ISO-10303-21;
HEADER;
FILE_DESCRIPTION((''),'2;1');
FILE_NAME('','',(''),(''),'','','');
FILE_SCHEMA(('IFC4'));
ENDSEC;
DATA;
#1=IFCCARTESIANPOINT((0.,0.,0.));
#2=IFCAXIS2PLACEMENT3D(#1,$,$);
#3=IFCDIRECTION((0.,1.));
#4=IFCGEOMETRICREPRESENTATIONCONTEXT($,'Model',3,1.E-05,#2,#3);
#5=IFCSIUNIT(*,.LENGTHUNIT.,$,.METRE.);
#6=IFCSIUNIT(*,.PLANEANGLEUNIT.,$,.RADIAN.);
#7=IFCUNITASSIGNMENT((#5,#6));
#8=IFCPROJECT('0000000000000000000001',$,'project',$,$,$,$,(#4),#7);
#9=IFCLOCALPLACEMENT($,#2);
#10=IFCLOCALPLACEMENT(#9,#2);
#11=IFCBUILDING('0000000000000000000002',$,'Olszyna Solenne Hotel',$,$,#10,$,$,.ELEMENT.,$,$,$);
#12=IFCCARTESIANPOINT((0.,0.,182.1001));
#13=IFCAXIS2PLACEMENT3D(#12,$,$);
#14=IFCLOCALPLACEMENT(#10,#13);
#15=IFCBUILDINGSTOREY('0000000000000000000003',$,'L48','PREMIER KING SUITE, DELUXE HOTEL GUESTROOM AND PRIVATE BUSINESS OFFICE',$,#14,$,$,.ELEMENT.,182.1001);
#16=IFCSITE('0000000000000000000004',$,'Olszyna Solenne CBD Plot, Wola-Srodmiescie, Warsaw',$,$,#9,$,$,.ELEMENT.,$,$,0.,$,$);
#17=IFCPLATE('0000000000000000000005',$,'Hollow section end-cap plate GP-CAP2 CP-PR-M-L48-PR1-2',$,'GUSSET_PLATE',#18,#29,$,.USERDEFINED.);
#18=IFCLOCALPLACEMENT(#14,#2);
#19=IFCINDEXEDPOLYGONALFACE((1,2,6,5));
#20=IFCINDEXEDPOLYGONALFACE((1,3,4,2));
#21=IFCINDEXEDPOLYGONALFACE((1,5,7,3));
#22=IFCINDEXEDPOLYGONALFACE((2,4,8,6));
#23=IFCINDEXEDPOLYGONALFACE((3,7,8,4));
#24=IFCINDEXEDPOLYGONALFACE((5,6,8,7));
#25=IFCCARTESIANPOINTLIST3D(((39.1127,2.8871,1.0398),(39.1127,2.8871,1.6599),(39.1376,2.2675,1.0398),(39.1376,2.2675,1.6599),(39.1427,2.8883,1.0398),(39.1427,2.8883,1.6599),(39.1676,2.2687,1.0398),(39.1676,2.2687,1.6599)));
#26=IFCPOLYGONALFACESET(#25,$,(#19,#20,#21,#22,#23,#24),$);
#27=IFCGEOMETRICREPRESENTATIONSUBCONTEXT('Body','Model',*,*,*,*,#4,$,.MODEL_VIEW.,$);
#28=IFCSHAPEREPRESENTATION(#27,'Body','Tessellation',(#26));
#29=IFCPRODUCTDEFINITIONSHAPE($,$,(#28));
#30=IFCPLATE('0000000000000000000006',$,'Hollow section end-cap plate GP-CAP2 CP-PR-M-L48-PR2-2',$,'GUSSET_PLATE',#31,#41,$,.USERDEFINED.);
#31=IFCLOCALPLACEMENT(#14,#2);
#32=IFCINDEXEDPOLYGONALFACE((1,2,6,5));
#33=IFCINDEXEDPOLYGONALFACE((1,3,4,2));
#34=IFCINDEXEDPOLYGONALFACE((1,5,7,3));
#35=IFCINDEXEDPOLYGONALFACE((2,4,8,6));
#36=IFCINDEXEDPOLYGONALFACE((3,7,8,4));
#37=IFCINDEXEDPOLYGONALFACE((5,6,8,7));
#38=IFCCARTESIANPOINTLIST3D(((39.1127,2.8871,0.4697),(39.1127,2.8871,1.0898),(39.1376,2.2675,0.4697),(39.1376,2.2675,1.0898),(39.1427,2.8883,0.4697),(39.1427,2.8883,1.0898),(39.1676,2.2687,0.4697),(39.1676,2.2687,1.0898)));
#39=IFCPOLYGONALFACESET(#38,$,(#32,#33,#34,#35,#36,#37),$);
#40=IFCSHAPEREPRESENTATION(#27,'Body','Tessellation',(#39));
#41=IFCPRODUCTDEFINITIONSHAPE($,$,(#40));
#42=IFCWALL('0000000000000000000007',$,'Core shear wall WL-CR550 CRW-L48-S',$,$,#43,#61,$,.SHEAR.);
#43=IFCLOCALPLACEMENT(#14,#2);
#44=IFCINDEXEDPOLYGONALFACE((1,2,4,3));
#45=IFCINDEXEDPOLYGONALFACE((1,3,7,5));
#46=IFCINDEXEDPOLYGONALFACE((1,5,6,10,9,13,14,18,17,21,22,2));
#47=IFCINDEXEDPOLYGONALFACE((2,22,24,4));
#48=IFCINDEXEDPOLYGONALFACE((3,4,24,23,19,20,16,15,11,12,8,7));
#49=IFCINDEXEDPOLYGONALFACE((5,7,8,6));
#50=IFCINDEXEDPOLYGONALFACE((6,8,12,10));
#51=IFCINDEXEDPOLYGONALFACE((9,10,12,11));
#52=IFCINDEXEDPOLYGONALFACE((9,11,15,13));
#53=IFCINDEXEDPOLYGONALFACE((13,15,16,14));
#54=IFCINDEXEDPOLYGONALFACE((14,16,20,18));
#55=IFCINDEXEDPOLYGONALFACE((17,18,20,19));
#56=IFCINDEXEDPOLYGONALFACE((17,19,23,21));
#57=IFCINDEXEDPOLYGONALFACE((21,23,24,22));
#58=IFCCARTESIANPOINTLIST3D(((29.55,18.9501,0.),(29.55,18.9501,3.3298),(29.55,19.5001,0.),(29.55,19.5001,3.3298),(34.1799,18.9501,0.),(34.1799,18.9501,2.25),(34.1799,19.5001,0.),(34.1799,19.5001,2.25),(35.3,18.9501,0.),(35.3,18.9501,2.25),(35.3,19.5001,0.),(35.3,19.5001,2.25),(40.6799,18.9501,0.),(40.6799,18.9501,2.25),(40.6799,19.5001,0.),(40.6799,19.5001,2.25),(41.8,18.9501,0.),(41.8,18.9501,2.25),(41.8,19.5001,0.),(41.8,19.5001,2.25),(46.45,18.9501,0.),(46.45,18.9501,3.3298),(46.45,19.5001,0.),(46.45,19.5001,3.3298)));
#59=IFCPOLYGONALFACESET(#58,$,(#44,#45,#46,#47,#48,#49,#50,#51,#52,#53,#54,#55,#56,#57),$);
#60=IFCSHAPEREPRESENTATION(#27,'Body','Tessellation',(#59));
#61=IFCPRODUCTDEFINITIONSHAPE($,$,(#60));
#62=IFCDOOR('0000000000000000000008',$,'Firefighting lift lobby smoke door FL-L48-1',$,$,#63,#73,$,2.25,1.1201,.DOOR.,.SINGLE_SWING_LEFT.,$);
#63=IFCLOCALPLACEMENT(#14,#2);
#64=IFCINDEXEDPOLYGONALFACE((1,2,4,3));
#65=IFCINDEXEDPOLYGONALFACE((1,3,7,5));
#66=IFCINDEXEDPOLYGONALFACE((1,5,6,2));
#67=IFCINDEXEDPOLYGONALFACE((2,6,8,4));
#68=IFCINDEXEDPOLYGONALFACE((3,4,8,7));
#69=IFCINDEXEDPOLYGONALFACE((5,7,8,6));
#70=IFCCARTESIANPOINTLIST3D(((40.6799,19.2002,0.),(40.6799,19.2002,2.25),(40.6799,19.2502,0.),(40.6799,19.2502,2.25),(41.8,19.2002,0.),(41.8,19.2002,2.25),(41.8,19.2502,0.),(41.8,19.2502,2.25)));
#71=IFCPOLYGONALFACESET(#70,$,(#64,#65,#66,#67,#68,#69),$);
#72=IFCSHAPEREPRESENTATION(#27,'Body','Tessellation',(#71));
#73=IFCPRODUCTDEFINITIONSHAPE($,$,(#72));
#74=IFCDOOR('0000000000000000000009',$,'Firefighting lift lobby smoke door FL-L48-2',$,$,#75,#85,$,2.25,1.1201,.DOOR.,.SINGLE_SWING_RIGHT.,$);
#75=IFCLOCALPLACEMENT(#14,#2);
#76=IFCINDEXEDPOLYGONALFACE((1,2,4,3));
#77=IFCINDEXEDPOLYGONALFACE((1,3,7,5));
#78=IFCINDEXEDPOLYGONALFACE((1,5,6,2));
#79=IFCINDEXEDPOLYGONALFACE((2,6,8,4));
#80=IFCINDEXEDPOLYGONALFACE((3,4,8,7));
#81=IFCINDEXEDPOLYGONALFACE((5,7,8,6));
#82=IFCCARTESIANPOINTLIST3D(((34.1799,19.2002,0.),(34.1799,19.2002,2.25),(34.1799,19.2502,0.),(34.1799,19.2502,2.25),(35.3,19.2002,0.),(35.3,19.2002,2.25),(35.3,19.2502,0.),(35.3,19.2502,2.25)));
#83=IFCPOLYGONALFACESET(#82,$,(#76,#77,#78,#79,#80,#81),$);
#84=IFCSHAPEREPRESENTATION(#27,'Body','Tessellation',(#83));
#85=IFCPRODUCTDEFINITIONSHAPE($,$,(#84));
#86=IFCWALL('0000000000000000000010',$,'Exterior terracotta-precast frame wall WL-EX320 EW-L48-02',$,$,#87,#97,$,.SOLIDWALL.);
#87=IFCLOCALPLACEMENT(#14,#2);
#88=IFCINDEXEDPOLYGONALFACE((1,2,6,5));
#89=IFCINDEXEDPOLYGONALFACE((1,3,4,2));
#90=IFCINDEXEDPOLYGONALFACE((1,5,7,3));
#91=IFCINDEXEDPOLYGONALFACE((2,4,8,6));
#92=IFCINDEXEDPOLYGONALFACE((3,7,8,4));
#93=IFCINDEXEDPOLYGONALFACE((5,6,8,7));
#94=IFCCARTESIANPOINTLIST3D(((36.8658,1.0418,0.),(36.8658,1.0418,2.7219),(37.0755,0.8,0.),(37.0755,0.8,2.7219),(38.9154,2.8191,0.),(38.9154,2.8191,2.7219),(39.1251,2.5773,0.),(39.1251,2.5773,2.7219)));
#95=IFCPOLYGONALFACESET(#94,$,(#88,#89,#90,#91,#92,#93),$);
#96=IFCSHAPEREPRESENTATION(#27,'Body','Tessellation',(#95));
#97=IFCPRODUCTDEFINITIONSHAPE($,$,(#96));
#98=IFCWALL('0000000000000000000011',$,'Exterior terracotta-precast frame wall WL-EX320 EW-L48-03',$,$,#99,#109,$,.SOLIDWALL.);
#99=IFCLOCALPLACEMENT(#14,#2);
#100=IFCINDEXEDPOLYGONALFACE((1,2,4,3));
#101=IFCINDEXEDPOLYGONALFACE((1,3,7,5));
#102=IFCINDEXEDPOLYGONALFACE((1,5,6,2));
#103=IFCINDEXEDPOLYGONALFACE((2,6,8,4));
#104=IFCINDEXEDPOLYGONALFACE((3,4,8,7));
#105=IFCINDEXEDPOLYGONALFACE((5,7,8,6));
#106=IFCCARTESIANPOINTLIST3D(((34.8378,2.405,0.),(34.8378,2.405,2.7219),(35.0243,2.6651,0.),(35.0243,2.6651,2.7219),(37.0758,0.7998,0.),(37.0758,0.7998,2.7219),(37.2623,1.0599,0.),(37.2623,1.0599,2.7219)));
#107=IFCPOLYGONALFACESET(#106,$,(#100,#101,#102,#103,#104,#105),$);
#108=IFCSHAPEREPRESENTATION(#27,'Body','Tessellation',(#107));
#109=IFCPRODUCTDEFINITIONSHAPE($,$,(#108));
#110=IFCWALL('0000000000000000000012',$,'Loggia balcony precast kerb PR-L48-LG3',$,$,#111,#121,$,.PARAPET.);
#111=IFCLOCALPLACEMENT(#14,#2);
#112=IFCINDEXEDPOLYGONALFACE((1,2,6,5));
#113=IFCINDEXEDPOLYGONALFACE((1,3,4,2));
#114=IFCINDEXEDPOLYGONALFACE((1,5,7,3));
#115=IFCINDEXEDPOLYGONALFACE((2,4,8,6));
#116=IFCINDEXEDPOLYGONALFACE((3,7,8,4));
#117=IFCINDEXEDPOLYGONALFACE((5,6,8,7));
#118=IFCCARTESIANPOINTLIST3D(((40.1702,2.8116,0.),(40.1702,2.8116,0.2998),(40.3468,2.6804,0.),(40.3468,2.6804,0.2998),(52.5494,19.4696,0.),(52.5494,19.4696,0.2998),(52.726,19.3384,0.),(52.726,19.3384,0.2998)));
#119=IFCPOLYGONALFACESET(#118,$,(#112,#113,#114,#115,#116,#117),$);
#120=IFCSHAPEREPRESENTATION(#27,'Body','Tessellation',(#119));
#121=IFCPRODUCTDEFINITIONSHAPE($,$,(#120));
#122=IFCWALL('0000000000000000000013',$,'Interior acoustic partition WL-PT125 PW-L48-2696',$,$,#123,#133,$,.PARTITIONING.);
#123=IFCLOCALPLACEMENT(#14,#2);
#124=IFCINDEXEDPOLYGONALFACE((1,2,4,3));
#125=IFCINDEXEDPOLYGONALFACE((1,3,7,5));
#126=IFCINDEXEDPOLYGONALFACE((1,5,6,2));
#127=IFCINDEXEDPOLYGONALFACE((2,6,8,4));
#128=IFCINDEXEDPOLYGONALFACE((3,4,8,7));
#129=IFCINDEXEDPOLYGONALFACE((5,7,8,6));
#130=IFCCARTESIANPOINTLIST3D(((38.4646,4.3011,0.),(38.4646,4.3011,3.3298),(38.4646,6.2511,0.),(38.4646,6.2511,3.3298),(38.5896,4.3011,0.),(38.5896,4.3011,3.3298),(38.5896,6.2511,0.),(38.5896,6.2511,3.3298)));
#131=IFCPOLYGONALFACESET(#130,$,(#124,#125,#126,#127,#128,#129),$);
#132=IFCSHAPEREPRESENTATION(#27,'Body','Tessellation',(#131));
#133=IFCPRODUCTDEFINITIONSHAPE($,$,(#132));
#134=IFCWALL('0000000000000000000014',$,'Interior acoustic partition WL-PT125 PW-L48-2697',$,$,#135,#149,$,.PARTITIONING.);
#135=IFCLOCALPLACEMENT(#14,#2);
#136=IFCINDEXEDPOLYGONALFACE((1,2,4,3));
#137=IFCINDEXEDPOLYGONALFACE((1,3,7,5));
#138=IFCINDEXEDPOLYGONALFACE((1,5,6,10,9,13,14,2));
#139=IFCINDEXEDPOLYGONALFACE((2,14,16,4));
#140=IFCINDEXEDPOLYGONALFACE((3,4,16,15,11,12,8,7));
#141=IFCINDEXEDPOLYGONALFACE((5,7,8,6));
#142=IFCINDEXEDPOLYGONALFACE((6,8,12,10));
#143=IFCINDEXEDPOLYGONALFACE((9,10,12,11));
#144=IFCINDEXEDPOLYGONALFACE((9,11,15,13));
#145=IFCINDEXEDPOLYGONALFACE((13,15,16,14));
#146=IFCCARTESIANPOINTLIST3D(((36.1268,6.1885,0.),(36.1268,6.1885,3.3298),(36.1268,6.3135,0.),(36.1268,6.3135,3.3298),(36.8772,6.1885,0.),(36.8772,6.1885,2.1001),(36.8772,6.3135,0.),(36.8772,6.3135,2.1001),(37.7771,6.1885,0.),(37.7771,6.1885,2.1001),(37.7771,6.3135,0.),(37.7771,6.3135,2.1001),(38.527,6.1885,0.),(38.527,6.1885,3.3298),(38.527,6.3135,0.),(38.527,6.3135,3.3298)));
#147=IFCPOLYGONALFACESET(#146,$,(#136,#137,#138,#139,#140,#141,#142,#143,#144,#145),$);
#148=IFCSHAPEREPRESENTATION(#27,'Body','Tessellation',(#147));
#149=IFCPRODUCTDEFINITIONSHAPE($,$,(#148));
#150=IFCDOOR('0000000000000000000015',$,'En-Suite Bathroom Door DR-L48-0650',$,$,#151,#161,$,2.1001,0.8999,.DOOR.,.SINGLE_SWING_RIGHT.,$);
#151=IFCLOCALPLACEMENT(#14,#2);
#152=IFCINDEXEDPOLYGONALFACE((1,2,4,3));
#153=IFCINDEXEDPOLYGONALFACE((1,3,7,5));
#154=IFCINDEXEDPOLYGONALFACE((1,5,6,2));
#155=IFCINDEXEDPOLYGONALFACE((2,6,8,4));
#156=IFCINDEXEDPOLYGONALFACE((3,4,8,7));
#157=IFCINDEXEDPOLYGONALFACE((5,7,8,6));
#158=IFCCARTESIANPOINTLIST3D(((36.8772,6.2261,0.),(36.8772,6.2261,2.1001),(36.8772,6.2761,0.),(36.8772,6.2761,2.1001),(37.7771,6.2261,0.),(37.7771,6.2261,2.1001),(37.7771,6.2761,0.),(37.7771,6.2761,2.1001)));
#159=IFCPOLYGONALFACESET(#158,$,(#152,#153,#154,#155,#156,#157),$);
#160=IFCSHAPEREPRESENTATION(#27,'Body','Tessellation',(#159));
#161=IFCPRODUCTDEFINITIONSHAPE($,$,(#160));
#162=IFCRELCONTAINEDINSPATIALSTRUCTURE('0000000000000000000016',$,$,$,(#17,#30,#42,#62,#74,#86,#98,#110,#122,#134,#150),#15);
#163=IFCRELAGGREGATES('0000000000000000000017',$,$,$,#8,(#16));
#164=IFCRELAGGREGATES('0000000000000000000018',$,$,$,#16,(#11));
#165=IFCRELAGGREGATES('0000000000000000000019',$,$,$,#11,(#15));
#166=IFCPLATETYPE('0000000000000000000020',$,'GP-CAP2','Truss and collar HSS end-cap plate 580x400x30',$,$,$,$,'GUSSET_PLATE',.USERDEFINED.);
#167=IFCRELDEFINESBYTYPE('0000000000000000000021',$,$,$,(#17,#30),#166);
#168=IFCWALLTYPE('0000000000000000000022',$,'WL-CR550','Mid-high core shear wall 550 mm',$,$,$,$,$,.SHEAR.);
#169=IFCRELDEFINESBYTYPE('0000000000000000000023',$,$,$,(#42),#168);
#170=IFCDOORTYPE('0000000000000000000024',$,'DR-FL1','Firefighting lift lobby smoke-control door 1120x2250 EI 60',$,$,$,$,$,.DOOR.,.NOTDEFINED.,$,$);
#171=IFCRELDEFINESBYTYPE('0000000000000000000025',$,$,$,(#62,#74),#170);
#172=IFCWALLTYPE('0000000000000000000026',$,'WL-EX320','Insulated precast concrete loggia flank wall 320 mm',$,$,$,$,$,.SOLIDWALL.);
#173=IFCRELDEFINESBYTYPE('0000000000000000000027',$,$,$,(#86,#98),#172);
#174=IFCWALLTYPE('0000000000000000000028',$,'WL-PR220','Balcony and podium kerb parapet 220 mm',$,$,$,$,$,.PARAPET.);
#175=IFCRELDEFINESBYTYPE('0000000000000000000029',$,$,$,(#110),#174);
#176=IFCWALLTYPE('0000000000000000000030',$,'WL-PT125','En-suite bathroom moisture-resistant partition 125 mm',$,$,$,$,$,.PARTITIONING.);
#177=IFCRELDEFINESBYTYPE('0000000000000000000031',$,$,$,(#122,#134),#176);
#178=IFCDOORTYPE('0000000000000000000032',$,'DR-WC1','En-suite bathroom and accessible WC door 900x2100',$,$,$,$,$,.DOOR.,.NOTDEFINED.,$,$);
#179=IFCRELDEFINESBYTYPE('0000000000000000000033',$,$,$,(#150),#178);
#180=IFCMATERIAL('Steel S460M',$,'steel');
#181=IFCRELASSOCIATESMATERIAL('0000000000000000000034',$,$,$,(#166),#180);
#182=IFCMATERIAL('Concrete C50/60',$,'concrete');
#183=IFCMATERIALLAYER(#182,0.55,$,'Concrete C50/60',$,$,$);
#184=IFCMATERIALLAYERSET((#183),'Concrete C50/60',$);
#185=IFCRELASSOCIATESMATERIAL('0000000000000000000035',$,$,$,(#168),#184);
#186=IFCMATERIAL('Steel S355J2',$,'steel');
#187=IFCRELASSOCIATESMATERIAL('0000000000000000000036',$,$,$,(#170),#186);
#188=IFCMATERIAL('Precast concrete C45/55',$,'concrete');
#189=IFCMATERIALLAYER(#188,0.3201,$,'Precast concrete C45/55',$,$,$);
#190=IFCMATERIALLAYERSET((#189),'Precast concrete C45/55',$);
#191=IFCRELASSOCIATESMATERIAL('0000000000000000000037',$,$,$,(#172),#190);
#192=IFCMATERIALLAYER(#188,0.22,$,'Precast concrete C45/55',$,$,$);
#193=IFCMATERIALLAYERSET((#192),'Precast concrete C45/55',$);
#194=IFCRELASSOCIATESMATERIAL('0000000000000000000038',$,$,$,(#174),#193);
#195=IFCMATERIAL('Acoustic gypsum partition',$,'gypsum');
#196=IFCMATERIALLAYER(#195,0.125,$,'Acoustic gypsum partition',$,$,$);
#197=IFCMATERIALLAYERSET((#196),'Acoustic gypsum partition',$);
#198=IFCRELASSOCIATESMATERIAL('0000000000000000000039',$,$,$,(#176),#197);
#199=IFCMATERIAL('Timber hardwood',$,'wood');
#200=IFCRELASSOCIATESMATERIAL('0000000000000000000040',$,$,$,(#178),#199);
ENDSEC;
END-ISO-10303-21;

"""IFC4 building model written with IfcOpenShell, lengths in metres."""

from ifc_helpers import new_model, si_unit, direction, frame, frame_2d, origin, origin_2d, place, context, subcontext, project, spatial, rectangle, extrude, source, transform, mapped, material, layer, layer_set, type_object, type_shapes, element, fill, save


model = new_model("IFC4")

# Units and contexts
model_context = context("Model", 3, precision=1e-05, world=origin(), true_north=direction((0.0, 1.0)))
body_context = subcontext(model_context, "Body", "Model", "MODEL_VIEW")
ifc_project = project(units=[si_unit("LENGTHUNIT", "METRE"), si_unit("PLANEANGLEUNIT", "RADIAN")], contexts=[model_context])

# Site, building, storey
site_placement = place(None, origin())
site = spatial("IfcSite", under=ifc_project, at=site_placement, Name="Olszyna Solenne CBD Plot, Wola-Srodmiescie, Warsaw", CompositionType="ELEMENT", RefElevation=0.0)
building_placement = place(site_placement, origin())
building = spatial("IfcBuilding", under=site, at=building_placement, Name="Olszyna Solenne Hotel", CompositionType="ELEMENT")
storey_placement = place(building_placement, frame((0.0, 0.0, 182.1001)))
storey = spatial("IfcBuildingStorey", under=building, at=storey_placement, Name="L48", Description="PREMIER KING SUITE, DELUXE HOTEL GUESTROOM AND PRIVATE BUSINESS OFFICE", CompositionType="ELEMENT", Elevation=182.1001)

# Shared definitions
ifc_material_1 = material(Name="Steel S460M", Category="steel")

# Shared definitions
ifc_material_2 = material(Name="Steel S355J2", Category="steel")

# Plates
plate_type = type_object("IfcPlateType", Name="GP-CAP2", Description="Truss and collar HSS end-cap plate 580x400x30", ElementType="GUSSET_PLATE", PredefinedType="USERDEFINED", material=ifc_material_1)
shared_shape_1 = source(origin(), body_context, "Body", "SweptSolid", [
    extrude(rectangle(XDim=0.03, YDim=0.6201, at=origin_2d()), origin(), (0.0, 0.0, 1.0), 0.6201),
])
for number, where, z_axis, x_axis, name in (
    (1, (39.1401, 2.5779, 1.0398), (0.0, 0.0, 1.0), (0.999194, 0.040132, 0.0), "Hollow section end-cap plate GP-CAP2 CP-PR-M-L48-PR1-2"),
    (2, (39.1401, 2.5779, 0.4697), (0.0, 0.0, 1.0), (0.999194, 0.040132, 0.0), "Hollow section end-cap plate GP-CAP2 CP-PR-M-L48-PR2-2"),
):
    element("IfcPlate", number, at=place(storey_placement, frame(where, z_axis=z_axis, x_axis=x_axis)), inside=storey, type_object=plate_type, Name=name, ObjectType="GUSSET_PLATE", PredefinedType="USERDEFINED", context=body_context, shape_type="MappedRepresentation", body=[
        mapped(shared_shape_1, transform((0.0, 0.0, 0.0), x_axis=(1.0, 0.0, 0.0), y_axis=(0.0, 1.0, 0.0), z_axis=(0.0, 0.0, 1.0), scale=1.0)),
    ])

# Wall, openings, doors
ifc_material_3 = material(Name="Concrete C50/60", Category="concrete")
ifc_layer_1 = layer(ifc_material_3, 0.55, Name="Concrete C50/60")
ifc_layer_set_1 = layer_set([ifc_layer_1], Name="Concrete C50/60")
wall_type_1 = type_object("IfcWallType", Name="WL-CR550", Description="Mid-high core shear wall 550 mm", PredefinedType="SHEAR", material=ifc_layer_set_1)
wall_1_placement = place(storey_placement, frame((46.45, 19.2251, 0.0), z_axis=(0.0, 0.0, 1.0), x_axis=(-1.0, 0.0, 0.0)))
wall_1 = element("IfcWall", 3, at=wall_1_placement, inside=storey, type_object=wall_type_1, Name="Core shear wall WL-CR550 CRW-L48-S", PredefinedType="SHEAR", context=body_context, shape_type="SweptSolid", body=[
    extrude(rectangle(XDim=16.8999, YDim=0.55, at=frame_2d((8.45, 0.0))), origin(), (0.0, 0.0, 1.0), 3.3298),
])
opening_1_placement = place(wall_1_placement, frame((4.6499, 0.0, 0.0)))
opening_1 = element("IfcOpeningElement", 4, at=opening_1_placement, cuts=wall_1, PredefinedType="OPENING", context=body_context, shape_type="SweptSolid", body=[
    extrude(rectangle(XDim=1.1201, YDim=2.25, at=frame_2d((0.5601, 1.125))), frame((0.0, 0.2852, 0.0), z_axis=(0.0, -1.0, 0.0), x_axis=(1.0, 0.0, 0.0)), (0.0, 0.0, 1.0), 0.5701),
])
opening_2_placement = place(wall_1_placement, frame((11.1499, 0.0, 0.0)))
opening_2 = element("IfcOpeningElement", 5, at=opening_2_placement, cuts=wall_1, PredefinedType="OPENING", context=body_context, shape_type="SweptSolid", body=[
    extrude(rectangle(XDim=1.1201, YDim=2.25, at=frame_2d((0.5601, 1.125))), frame((0.0, 0.2852, 0.0), z_axis=(0.0, -1.0, 0.0), x_axis=(1.0, 0.0, 0.0)), (0.0, 0.0, 1.0), 0.5701),
])
door_type_1 = type_object("IfcDoorType", Name="DR-FL1", Description="Firefighting lift lobby smoke-control door 1120x2250 EI 60", OperationType="NOTDEFINED", PredefinedType="DOOR", material=ifc_material_2)
shared_shape_2 = source(origin(), body_context, "Body", "SweptSolid", [
    extrude(rectangle(XDim=1.1201, YDim=2.25, at=frame_2d((0.5601, 1.125))), frame((0.0, 0.0249, 0.0), z_axis=(0.0, -1.0, 0.0), x_axis=(1.0, 0.0, 0.0)), (0.0, 0.0, 1.0), 0.05),
])
type_shapes(door_type_1, [shared_shape_2])
door_1_placement = place(opening_1_placement, origin())
door_1 = element("IfcDoor", 6, at=door_1_placement, inside=storey, type_object=door_type_1, Name="Firefighting lift lobby smoke door FL-L48-1", OperationType="SINGLE_SWING_LEFT", OverallHeight=2.25, OverallWidth=1.1201, PredefinedType="DOOR", context=body_context, shape_type="MappedRepresentation", body=[
    mapped(shared_shape_2, transform((0.0, 0.0, 0.0), x_axis=(1.0, 0.0, 0.0), y_axis=(0.0, 1.0, 0.0), z_axis=(0.0, 0.0, 1.0), scale=1.0)),
])
fill(opening_1, door_1)
door_2_placement = place(opening_2_placement, origin())
door_2 = element("IfcDoor", 7, at=door_2_placement, inside=storey, type_object=door_type_1, Name="Firefighting lift lobby smoke door FL-L48-2", OperationType="SINGLE_SWING_RIGHT", OverallHeight=2.25, OverallWidth=1.1201, PredefinedType="DOOR", context=body_context, shape_type="MappedRepresentation", body=[
    mapped(shared_shape_2, transform((0.0, 0.0, 0.0), x_axis=(1.0, 0.0, 0.0), y_axis=(0.0, 1.0, 0.0), z_axis=(0.0, 0.0, 1.0), scale=1.0)),
])
fill(opening_2, door_2)

# Walls
ifc_material_4 = material(Name="Precast concrete C45/55", Category="concrete")
ifc_layer_2 = layer(ifc_material_4, 0.3201, Name="Precast concrete C45/55")
ifc_layer_set_2 = layer_set([ifc_layer_2], Name="Precast concrete C45/55")
wall_type_2 = type_object("IfcWallType", Name="WL-EX320", Description="Insulated precast concrete loggia flank wall 320 mm", PredefinedType="SOLIDWALL", material=ifc_layer_set_2)
wall_2_placement = place(storey_placement, frame((39.0203, 2.6982, 0.0), z_axis=(0.0, 0.0, 1.0), x_axis=(-0.755496, -0.655153, 0.0)))
element("IfcWall", 8, at=wall_2_placement, inside=storey, type_object=wall_type_2, Name="Exterior terracotta-precast frame wall WL-EX320 EW-L48-02", PredefinedType="SOLIDWALL", context=body_context, shape_type="SweptSolid", body=[
    extrude(rectangle(XDim=2.7129, YDim=0.3201, at=frame_2d((1.3564, 0.0))), origin(), (0.0, 0.0, 1.0), 2.7219),
])
wall_3_placement = place(storey_placement, frame((37.1689, 0.9299, 0.0), z_axis=(0.0, 0.0, 1.0), x_axis=(-0.812594, 0.58283, 0.0)))
element("IfcWall", 9, at=wall_3_placement, inside=storey, type_object=wall_type_2, Name="Exterior terracotta-precast frame wall WL-EX320 EW-L48-03", PredefinedType="SOLIDWALL", context=body_context, shape_type="SweptSolid", body=[
    extrude(rectangle(XDim=2.7542, YDim=0.3201, at=frame_2d((1.377, 0.0))), origin(), (0.0, 0.0, 1.0), 2.7219),
])
ifc_layer_3 = layer(ifc_material_4, 0.22, Name="Precast concrete C45/55")
ifc_layer_set_3 = layer_set([ifc_layer_3], Name="Precast concrete C45/55")
wall_type_3 = type_object("IfcWallType", Name="WL-PR220", Description="Balcony and podium kerb parapet 220 mm", PredefinedType="PARAPET", material=ifc_layer_set_3)
wall_4_placement = place(storey_placement, frame((40.2585, 2.7461, 0.0), z_axis=(0.0, 0.0, 1.0), x_axis=(0.596469, 0.802636, 0.0)))
element("IfcWall", 10, at=wall_4_placement, inside=storey, type_object=wall_type_3, Name="Loggia balcony precast kerb PR-L48-LG3", PredefinedType="PARAPET", context=body_context, shape_type="SweptSolid", body=[
    extrude(rectangle(XDim=20.7542, YDim=0.22, at=frame_2d((10.377, 0.0))), origin(), (0.0, 0.0, 1.0), 0.2998),
])
ifc_material_5 = material(Name="Acoustic gypsum partition", Category="gypsum")
ifc_layer_4 = layer(ifc_material_5, 0.125, Name="Acoustic gypsum partition")
ifc_layer_set_4 = layer_set([ifc_layer_4], Name="Acoustic gypsum partition")
wall_type_4 = type_object("IfcWallType", Name="WL-PT125", Description="En-suite bathroom moisture-resistant partition 125 mm", PredefinedType="PARTITIONING", material=ifc_layer_set_4)
wall_5_placement = place(storey_placement, frame((38.5271, 4.301, 0.0), z_axis=(0.0, 0.0, 1.0), x_axis=(0.0, 1.0, 0.0)))
element("IfcWall", 11, at=wall_5_placement, inside=storey, type_object=wall_type_4, Name="Interior acoustic partition WL-PT125 PW-L48-2696", PredefinedType="PARTITIONING", context=body_context, shape_type="SweptSolid", body=[
    extrude(rectangle(XDim=1.95, YDim=0.125, at=frame_2d((0.9751, 0.0))), origin(), (0.0, 0.0, 1.0), 3.3298),
])

# Wall, opening, door
wall_6_placement = place(storey_placement, frame((38.5271, 6.251, 0.0), z_axis=(0.0, 0.0, 1.0), x_axis=(-1.0, 0.0, 0.0)))
wall_6 = element("IfcWall", 12, at=wall_6_placement, inside=storey, type_object=wall_type_4, Name="Interior acoustic partition WL-PT125 PW-L48-2697", PredefinedType="PARTITIONING", context=body_context, shape_type="SweptSolid", body=[
    extrude(rectangle(XDim=2.4001, YDim=0.125, at=frame_2d((1.2002, 0.0))), origin(), (0.0, 0.0, 1.0), 3.3298),
])
opening_3_placement = place(wall_6_placement, frame((0.75, 0.0, 0.0)))
opening_3 = element("IfcOpeningElement", 13, at=opening_3_placement, cuts=wall_6, PredefinedType="OPENING", context=body_context, shape_type="SweptSolid", body=[
    extrude(rectangle(XDim=0.8999, YDim=2.1001, at=frame_2d((0.45, 1.05))), frame((0.0, 0.0725, 0.0), z_axis=(0.0, -1.0, 0.0), x_axis=(1.0, 0.0, 0.0)), (0.0, 0.0, 1.0), 0.145),
])
ifc_material_6 = material(Name="Timber hardwood", Category="wood")
door_type_2 = type_object("IfcDoorType", Name="DR-WC1", Description="En-suite bathroom and accessible WC door 900x2100", OperationType="NOTDEFINED", PredefinedType="DOOR", material=ifc_material_6)
shared_shape_3 = source(origin(), body_context, "Body", "SweptSolid", [
    extrude(rectangle(XDim=0.8999, YDim=2.1001, at=frame_2d((0.45, 1.05))), frame((0.0, 0.0249, 0.0), z_axis=(0.0, -1.0, 0.0), x_axis=(1.0, 0.0, 0.0)), (0.0, 0.0, 1.0), 0.05),
])
type_shapes(door_type_2, [shared_shape_3])
door_3_placement = place(opening_3_placement, origin())
door_3 = element("IfcDoor", 14, at=door_3_placement, inside=storey, type_object=door_type_2, Name="En-Suite Bathroom Door DR-L48-0650", OperationType="SINGLE_SWING_RIGHT", OverallHeight=2.1001, OverallWidth=0.8999, PredefinedType="DOOR", context=body_context, shape_type="MappedRepresentation", body=[
    mapped(shared_shape_3, transform((0.0, 0.0, 0.0), x_axis=(1.0, 0.0, 0.0), y_axis=(0.0, 1.0, 0.0), z_axis=(0.0, 0.0, 1.0), scale=1.0)),
])
fill(opening_3, door_3)

save(model, "model.ifc")
